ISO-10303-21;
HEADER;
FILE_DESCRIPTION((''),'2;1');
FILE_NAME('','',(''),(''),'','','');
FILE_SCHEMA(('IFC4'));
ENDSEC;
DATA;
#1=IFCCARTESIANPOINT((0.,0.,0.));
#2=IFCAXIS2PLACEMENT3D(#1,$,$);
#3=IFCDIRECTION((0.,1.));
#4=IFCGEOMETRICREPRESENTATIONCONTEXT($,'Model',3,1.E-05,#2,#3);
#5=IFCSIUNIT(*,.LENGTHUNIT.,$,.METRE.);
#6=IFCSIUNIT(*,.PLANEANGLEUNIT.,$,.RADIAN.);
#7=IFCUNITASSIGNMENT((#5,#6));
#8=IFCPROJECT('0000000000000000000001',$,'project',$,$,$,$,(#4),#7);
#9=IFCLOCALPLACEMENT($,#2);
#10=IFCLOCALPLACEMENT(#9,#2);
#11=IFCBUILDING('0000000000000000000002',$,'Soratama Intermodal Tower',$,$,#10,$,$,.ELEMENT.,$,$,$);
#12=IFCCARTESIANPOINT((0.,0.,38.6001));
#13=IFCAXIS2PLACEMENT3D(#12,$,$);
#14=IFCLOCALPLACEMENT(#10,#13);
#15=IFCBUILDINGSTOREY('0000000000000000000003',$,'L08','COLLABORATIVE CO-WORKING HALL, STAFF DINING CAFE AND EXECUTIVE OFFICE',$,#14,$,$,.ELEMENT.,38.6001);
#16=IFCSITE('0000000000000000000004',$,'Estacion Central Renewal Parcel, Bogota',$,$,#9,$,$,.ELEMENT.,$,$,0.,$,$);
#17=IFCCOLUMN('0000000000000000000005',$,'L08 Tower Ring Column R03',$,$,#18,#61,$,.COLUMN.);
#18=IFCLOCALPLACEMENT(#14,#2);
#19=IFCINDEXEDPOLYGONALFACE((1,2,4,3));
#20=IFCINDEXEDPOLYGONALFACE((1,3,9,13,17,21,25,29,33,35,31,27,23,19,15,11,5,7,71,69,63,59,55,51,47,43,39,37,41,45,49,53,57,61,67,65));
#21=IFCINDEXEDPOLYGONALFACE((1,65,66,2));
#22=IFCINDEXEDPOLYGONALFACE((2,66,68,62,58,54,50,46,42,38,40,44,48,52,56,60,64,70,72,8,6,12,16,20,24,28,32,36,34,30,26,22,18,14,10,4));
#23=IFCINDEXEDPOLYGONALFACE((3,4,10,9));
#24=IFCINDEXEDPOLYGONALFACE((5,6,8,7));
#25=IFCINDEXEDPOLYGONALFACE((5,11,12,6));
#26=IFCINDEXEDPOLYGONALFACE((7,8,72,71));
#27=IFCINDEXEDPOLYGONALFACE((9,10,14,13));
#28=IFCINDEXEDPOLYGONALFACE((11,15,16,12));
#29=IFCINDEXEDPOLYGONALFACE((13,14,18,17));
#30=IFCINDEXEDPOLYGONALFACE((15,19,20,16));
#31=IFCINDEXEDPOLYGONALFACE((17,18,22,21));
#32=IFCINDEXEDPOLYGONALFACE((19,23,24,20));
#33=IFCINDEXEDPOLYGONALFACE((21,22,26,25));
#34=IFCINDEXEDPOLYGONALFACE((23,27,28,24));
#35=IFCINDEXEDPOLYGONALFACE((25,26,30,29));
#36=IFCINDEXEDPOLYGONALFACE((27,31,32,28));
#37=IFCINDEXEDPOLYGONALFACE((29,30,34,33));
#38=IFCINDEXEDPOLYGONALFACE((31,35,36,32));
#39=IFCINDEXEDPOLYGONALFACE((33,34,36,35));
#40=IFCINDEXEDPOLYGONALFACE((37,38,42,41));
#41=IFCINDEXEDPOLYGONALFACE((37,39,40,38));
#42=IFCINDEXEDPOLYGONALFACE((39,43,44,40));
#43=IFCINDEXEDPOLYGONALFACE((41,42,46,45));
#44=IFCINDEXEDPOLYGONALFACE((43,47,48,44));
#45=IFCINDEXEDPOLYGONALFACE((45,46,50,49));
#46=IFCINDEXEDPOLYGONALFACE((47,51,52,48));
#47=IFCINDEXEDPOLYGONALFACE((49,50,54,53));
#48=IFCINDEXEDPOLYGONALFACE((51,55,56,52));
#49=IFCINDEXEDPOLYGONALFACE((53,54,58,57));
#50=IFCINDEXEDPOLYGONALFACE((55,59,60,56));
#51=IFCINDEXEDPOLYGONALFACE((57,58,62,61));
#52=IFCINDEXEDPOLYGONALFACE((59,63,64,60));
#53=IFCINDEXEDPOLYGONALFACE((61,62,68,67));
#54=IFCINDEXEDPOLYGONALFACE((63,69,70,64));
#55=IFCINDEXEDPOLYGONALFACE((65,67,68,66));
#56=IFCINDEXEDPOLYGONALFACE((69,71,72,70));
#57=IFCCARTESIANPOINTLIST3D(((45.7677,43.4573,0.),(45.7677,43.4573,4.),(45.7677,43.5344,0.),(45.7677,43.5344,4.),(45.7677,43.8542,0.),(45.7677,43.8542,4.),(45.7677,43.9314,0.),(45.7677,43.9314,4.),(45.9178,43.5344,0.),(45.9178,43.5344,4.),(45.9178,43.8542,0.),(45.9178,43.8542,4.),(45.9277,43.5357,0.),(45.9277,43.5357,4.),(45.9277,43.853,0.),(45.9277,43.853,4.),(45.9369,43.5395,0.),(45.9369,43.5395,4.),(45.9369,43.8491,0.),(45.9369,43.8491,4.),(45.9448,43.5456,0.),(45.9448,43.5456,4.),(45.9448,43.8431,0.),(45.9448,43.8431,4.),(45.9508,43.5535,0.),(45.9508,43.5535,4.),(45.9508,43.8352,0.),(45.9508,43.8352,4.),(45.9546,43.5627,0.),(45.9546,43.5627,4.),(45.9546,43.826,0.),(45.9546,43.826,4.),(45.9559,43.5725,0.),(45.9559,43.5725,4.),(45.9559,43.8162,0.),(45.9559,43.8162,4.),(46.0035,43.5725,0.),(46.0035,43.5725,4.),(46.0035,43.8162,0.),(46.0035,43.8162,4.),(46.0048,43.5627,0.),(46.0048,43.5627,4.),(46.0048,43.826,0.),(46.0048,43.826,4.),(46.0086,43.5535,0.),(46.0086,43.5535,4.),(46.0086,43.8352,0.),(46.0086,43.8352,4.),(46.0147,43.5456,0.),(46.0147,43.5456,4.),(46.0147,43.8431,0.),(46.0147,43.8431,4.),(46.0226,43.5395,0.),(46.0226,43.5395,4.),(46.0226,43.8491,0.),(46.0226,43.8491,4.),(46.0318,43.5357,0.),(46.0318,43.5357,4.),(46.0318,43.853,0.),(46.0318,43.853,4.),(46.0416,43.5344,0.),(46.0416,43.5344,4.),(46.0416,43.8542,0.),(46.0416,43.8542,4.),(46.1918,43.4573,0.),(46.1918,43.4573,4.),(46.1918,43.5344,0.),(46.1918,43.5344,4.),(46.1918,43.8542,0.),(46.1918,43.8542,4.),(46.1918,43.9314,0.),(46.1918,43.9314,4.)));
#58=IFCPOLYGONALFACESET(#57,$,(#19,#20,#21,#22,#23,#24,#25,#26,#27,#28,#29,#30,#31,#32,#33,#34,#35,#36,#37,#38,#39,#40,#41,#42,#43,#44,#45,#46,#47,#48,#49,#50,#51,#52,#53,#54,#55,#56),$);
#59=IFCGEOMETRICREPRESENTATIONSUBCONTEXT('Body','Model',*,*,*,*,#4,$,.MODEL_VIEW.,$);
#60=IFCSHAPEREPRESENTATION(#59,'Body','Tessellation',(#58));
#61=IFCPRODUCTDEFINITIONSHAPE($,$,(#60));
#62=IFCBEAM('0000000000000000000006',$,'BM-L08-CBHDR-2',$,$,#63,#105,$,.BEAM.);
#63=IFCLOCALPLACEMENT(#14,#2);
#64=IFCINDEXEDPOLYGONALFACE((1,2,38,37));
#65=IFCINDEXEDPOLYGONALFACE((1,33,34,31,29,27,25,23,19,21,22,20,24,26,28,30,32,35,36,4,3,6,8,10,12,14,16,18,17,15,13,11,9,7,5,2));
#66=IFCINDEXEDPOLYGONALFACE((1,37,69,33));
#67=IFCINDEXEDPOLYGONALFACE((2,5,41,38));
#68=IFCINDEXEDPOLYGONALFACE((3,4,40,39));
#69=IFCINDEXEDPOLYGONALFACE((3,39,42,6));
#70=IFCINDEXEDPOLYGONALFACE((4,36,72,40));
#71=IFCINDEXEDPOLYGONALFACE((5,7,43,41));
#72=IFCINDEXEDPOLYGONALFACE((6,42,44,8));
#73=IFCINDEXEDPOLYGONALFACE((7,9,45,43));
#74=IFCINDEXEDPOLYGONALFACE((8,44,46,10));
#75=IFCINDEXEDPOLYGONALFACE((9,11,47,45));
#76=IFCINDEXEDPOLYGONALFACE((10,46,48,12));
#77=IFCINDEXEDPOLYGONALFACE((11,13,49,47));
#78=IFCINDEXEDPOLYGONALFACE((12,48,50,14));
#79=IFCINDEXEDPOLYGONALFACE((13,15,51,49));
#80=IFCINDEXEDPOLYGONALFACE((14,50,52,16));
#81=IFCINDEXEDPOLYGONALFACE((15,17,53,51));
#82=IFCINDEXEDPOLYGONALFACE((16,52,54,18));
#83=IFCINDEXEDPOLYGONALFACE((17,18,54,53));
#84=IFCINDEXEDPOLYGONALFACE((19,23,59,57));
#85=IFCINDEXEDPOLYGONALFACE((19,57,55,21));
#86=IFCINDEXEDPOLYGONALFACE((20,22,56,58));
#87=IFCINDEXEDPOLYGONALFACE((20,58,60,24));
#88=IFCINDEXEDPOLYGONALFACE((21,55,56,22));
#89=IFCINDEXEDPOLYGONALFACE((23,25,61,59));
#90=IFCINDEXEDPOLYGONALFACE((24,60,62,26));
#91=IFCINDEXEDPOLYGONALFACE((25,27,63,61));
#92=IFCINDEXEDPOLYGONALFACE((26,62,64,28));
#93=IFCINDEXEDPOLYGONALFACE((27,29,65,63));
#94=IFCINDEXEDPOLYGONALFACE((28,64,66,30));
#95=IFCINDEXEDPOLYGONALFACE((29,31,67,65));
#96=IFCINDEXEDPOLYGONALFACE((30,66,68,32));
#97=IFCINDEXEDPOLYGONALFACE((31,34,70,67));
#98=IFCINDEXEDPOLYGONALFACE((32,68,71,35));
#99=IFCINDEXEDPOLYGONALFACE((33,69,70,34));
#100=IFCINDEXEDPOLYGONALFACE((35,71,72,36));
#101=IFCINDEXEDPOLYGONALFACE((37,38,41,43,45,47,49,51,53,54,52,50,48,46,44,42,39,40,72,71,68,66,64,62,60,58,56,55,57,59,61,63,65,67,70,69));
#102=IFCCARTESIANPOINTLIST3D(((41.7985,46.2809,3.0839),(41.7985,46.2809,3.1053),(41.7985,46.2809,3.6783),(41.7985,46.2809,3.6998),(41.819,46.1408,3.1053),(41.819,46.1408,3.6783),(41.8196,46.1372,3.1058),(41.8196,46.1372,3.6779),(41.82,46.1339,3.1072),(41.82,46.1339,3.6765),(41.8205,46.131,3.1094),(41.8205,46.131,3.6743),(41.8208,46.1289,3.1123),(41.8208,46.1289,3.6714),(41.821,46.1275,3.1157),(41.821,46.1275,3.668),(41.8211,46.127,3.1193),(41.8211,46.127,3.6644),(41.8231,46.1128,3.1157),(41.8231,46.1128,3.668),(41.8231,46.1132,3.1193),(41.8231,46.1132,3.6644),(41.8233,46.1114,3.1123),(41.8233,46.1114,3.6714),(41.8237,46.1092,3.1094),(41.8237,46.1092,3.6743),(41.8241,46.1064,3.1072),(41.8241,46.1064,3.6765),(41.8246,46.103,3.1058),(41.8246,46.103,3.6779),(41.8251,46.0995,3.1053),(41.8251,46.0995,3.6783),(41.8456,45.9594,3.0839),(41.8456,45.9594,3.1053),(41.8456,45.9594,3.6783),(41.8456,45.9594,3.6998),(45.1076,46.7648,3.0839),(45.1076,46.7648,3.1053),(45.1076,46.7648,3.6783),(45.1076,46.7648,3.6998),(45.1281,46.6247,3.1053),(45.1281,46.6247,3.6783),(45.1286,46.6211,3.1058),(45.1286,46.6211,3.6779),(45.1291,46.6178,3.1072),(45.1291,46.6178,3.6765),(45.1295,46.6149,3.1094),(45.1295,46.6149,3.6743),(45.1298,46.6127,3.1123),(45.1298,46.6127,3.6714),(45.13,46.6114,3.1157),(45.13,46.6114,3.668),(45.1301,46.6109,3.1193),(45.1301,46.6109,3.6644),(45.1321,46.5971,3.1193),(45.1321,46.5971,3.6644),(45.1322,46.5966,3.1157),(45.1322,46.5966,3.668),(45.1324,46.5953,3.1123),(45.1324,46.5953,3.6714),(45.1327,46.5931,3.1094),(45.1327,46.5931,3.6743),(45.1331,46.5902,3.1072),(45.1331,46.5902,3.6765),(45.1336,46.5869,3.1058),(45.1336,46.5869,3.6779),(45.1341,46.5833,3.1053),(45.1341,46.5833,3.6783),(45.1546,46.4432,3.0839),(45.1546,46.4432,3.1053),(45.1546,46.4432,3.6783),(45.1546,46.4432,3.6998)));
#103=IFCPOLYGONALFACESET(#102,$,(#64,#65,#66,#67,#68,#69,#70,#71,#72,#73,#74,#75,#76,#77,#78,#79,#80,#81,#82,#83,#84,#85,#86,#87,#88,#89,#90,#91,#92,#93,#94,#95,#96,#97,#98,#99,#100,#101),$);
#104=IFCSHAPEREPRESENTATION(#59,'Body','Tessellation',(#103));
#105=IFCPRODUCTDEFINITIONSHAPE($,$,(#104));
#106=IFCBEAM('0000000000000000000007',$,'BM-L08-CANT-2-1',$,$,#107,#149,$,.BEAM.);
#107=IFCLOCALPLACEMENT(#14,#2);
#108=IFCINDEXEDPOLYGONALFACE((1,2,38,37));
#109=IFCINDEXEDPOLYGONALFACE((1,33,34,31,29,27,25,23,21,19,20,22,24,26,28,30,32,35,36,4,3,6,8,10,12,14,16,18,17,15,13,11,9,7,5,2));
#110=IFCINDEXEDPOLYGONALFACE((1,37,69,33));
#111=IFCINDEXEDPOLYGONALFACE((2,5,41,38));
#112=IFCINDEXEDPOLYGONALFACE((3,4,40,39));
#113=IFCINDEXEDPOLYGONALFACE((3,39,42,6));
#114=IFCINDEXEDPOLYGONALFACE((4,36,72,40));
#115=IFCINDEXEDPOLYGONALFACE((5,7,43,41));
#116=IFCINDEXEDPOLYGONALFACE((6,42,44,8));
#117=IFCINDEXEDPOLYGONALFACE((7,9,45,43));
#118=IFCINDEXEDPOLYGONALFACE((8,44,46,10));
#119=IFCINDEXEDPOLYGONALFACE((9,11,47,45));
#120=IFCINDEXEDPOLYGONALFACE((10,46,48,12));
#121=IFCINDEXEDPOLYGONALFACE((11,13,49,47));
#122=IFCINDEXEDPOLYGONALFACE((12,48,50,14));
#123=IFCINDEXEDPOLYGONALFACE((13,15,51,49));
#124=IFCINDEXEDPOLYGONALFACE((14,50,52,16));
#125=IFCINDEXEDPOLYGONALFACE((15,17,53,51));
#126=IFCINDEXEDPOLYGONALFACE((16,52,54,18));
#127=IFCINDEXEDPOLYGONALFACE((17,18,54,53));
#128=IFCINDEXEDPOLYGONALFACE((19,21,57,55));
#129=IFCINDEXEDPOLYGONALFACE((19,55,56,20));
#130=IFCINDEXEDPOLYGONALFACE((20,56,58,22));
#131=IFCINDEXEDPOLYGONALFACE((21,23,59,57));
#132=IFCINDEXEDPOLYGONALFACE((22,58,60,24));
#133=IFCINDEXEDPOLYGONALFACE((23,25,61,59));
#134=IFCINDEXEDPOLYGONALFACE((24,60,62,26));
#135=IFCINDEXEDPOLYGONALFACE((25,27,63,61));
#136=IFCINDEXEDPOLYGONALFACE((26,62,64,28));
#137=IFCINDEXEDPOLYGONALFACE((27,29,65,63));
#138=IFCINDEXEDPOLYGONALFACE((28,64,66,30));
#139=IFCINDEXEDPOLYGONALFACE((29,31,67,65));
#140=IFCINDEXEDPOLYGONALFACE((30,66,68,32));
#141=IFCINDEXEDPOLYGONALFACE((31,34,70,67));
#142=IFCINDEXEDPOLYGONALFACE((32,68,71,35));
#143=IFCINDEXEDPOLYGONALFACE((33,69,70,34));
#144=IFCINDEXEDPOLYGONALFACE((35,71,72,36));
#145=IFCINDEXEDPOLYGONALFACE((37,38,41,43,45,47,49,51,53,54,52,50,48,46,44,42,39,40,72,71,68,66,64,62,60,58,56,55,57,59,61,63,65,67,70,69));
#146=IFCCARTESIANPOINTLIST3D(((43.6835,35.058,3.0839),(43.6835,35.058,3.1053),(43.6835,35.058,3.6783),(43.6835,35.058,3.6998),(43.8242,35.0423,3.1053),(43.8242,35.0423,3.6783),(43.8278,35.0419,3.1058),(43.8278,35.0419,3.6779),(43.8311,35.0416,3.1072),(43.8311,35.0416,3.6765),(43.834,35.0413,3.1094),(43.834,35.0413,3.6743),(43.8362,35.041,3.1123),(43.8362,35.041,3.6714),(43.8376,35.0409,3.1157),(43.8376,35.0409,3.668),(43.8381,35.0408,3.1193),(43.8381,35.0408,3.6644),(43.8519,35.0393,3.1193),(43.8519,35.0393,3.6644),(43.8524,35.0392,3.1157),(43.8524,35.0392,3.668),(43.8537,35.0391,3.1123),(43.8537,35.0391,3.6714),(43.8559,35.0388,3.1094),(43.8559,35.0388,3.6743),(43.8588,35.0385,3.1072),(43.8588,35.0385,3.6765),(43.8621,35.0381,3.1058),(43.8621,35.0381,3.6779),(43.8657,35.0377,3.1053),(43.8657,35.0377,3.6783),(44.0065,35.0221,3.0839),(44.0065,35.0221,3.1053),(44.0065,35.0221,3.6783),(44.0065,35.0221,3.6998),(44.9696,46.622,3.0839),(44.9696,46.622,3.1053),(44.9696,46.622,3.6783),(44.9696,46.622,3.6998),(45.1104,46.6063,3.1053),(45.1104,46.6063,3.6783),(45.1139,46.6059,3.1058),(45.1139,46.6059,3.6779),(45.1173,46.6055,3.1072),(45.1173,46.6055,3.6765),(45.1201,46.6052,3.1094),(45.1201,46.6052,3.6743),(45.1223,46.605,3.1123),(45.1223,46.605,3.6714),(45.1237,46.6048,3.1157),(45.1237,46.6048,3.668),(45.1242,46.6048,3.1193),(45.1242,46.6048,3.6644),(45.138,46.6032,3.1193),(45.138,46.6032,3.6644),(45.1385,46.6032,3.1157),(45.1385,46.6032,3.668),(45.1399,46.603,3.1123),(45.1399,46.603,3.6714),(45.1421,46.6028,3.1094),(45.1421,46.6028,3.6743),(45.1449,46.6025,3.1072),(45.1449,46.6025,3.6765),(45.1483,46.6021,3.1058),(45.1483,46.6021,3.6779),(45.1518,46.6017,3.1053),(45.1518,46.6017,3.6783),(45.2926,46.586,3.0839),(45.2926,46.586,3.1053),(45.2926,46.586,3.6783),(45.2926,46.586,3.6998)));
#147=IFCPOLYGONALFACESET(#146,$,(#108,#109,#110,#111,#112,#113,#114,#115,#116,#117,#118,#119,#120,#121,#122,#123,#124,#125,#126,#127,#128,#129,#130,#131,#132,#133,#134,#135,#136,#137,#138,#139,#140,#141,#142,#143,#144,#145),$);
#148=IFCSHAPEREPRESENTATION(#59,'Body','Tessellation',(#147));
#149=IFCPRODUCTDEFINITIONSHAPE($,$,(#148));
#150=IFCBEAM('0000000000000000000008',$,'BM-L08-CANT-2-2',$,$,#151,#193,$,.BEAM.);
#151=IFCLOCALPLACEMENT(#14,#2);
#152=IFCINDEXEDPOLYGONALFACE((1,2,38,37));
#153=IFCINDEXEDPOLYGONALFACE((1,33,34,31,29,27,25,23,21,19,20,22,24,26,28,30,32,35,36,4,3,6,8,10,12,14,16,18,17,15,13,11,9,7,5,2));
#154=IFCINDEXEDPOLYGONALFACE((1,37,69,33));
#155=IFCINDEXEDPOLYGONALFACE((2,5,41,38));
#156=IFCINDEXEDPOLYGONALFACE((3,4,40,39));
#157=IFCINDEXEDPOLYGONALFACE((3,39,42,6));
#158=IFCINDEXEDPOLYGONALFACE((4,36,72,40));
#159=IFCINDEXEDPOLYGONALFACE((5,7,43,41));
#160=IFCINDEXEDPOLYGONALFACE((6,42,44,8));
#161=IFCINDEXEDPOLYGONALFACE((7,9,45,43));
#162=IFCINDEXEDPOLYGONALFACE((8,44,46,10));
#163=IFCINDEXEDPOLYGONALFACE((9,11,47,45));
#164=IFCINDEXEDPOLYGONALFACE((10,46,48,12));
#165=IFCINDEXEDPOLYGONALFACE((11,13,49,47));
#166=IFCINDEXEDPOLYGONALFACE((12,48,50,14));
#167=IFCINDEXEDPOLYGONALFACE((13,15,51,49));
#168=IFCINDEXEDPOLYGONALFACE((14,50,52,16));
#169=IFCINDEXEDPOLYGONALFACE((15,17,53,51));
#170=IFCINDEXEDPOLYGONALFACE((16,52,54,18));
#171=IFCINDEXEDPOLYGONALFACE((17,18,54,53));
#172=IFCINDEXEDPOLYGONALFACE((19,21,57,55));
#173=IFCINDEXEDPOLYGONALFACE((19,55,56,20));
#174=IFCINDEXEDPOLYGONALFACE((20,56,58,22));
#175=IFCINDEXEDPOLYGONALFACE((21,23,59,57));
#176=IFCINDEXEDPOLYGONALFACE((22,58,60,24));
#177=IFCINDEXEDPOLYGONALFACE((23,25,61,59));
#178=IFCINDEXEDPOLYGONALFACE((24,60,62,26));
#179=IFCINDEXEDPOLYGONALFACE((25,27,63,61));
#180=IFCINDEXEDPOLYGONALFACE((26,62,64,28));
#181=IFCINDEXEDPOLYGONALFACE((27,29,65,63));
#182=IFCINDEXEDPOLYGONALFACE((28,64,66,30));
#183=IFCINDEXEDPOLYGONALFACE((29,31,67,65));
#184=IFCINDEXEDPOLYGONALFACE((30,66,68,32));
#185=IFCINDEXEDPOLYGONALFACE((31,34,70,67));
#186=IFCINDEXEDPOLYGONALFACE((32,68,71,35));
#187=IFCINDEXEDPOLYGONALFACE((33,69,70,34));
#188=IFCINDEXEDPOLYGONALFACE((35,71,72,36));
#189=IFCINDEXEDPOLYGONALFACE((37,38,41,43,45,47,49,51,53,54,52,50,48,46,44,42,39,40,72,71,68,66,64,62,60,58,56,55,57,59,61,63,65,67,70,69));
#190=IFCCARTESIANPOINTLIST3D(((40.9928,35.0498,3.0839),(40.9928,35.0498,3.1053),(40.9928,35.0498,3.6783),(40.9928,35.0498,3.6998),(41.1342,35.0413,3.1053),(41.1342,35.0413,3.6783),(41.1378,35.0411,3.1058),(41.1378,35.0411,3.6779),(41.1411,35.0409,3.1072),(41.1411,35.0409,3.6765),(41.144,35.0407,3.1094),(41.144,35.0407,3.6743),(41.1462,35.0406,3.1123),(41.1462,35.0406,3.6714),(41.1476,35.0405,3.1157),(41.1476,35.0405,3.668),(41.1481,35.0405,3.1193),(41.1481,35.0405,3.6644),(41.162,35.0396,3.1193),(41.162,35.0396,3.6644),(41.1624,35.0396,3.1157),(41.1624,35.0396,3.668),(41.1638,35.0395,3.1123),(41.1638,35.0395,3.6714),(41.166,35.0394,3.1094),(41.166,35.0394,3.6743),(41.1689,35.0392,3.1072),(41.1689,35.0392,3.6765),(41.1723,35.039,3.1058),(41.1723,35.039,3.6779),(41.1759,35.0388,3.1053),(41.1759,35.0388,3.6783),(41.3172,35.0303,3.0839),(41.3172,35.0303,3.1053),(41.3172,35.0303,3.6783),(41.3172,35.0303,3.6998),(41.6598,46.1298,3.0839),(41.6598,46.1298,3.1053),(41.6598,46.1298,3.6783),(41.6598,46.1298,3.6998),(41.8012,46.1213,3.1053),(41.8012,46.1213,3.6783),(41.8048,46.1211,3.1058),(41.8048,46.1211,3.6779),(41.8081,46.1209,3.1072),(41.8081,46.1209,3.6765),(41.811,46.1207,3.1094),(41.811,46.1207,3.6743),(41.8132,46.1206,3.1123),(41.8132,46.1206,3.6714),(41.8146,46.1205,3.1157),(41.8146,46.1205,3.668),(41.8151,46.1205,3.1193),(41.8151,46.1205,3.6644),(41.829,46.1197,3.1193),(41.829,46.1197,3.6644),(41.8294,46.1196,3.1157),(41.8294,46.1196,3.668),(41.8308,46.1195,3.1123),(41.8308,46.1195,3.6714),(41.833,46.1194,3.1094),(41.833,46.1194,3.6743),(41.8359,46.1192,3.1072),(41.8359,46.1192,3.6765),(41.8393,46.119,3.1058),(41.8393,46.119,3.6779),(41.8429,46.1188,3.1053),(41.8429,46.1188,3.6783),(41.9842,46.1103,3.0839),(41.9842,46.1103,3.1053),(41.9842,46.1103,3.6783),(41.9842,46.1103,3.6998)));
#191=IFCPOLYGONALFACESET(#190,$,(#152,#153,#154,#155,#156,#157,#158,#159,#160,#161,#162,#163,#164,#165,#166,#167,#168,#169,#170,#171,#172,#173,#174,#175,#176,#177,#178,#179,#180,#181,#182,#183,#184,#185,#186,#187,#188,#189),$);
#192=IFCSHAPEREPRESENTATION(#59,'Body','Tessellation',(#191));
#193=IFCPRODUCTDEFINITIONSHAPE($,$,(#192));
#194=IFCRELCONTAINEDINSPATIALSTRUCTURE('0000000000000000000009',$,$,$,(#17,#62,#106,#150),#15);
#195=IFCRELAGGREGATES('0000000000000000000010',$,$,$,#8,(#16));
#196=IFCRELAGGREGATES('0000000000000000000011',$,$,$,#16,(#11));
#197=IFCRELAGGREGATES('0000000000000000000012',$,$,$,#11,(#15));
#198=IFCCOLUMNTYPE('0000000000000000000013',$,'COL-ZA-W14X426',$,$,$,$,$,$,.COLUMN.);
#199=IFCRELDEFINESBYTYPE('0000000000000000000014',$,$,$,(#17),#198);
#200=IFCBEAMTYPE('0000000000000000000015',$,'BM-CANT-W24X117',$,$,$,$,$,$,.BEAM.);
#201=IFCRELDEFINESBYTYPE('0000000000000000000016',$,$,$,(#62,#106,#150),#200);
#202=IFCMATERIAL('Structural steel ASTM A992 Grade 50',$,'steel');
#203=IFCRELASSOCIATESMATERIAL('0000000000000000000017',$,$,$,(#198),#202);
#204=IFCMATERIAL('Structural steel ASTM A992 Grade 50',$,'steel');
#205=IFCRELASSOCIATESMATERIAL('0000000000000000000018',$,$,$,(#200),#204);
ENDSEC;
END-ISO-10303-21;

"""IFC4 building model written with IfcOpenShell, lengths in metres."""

from ifc_helpers import new_model, si_unit, direction, frame, origin, origin_2d, place, context, subcontext, project, spatial, i_section, extrude, material, material_profile, profile_set, type_object, element, save


model = new_model("IFC4")

# Units and contexts
model_context = context("Model", 3, precision=1e-05, world=origin(), true_north=direction((0.0, 1.0)))
body_context = subcontext(model_context, "Body", "Model", "MODEL_VIEW")
ifc_project = project(units=[si_unit("LENGTHUNIT", "METRE"), si_unit("PLANEANGLEUNIT", "RADIAN")], contexts=[model_context])

# Site, building, storey
site_placement = place(None, origin())
site = spatial("IfcSite", under=ifc_project, at=site_placement, Name="Estacion Central Renewal Parcel, Bogota", CompositionType="ELEMENT", RefElevation=0.0)
building_placement = place(site_placement, origin())
building = spatial("IfcBuilding", under=site, at=building_placement, Name="Soratama Intermodal Tower", CompositionType="ELEMENT")
storey_placement = place(building_placement, frame((0.0, 0.0, 38.6001)))
storey = spatial("IfcBuildingStorey", under=building, at=storey_placement, Name="L08", Description="COLLABORATIVE CO-WORKING HALL, STAFF DINING CAFE AND EXECUTIVE OFFICE", CompositionType="ELEMENT", Elevation=38.6001)

# Column
ifc_material_1 = material(Name="Structural steel ASTM A992 Grade 50", Category="steel")
ifc_material_profile_1 = material_profile(ifc_material_1, i_section(OverallWidth=0.4241, OverallDepth=0.4741, WebThickness=0.0476, FlangeThickness=0.0771, FilletRadius=0.0381, at=origin_2d()), Name="W14X426")
ifc_profile_set_1 = profile_set([ifc_material_profile_1], Name="Structural steel ASTM A992 Grade 50")
column_type = type_object("IfcColumnType", Name="COL-ZA-W14X426", PredefinedType="COLUMN", material=ifc_profile_set_1)
column_placement = place(storey_placement, frame((45.9797, 43.6943, 0.0), z_axis=(0.0, 0.0, 1.0), x_axis=(1.0, 0.0, 0.0)))
element("IfcColumn", 1, at=column_placement, inside=storey, type_object=column_type, Name="L08 Tower Ring Column R03", PredefinedType="COLUMN", context=body_context, shape_type="SweptSolid", body=[
    extrude(i_section(OverallWidth=0.4241, OverallDepth=0.4741, WebThickness=0.0476, FlangeThickness=0.0771, FilletRadius=0.0381, at=origin_2d()), origin(), (0.0, 0.0, 1.0), 4.0),
])

# Beams
ifc_material_2 = material(Name="Structural steel ASTM A992 Grade 50", Category="steel")
ifc_material_profile_2 = material_profile(ifc_material_2, i_section(OverallWidth=0.325, OverallDepth=0.616, WebThickness=0.0139, FlangeThickness=0.0215, FilletRadius=0.0139, at=origin_2d()), Name="W24X117")
ifc_profile_set_2 = profile_set([ifc_material_profile_2], Name="Structural steel ASTM A992 Grade 50")
beam_type_1 = type_object("IfcBeamType", Name="BM-CANT-W24X117", PredefinedType="BEAM", material=ifc_profile_set_2)
beam_1_placement = place(storey_placement, frame((45.1311, 46.604, 3.3918), z_axis=(-0.989477, -0.144691, 0.0), x_axis=(0.144691, -0.989477, 0.0)))
element("IfcBeam", 2, at=beam_1_placement, inside=storey, type_object=beam_type_1, Name="BM-L08-CBHDR-2", PredefinedType="BEAM", context=body_context, shape_type="SweptSolid", body=[
    extrude(i_section(OverallWidth=0.325, OverallDepth=0.616, WebThickness=0.0139, FlangeThickness=0.0215, FilletRadius=0.0139, at=origin_2d()), origin(), (0.0, 0.0, 1.0), 3.3442),
])
beam_2_placement = place(storey_placement, frame((43.845, 35.04, 3.3918), z_axis=(0.110537, 0.993872, 0.0), x_axis=(-0.993872, 0.110537, 0.0)))
element("IfcBeam", 3, at=beam_2_placement, inside=storey, type_object=beam_type_1, Name="BM-L08-CANT-2-1", PredefinedType="BEAM", context=body_context, shape_type="SweptSolid", body=[
    extrude(i_section(OverallWidth=0.325, OverallDepth=0.616, WebThickness=0.0139, FlangeThickness=0.0215, FilletRadius=0.0139, at=origin_2d()), origin(), (0.0, 0.0, 1.0), 11.6353),
])
beam_3_placement = place(storey_placement, frame((41.155, 35.04, 3.3918), z_axis=(0.060089, 0.998193, 0.0), x_axis=(-0.998193, 0.060089, 0.0)))
element("IfcBeam", 4, at=beam_3_placement, inside=storey, type_object=beam_type_1, Name="BM-L08-CANT-2-2", PredefinedType="BEAM", context=body_context, shape_type="SweptSolid", body=[
    extrude(i_section(OverallWidth=0.325, OverallDepth=0.616, WebThickness=0.0139, FlangeThickness=0.0215, FilletRadius=0.0139, at=origin_2d()), origin(), (0.0, 0.0, 1.0), 11.1001),
])

save(model, "model.ifc")
